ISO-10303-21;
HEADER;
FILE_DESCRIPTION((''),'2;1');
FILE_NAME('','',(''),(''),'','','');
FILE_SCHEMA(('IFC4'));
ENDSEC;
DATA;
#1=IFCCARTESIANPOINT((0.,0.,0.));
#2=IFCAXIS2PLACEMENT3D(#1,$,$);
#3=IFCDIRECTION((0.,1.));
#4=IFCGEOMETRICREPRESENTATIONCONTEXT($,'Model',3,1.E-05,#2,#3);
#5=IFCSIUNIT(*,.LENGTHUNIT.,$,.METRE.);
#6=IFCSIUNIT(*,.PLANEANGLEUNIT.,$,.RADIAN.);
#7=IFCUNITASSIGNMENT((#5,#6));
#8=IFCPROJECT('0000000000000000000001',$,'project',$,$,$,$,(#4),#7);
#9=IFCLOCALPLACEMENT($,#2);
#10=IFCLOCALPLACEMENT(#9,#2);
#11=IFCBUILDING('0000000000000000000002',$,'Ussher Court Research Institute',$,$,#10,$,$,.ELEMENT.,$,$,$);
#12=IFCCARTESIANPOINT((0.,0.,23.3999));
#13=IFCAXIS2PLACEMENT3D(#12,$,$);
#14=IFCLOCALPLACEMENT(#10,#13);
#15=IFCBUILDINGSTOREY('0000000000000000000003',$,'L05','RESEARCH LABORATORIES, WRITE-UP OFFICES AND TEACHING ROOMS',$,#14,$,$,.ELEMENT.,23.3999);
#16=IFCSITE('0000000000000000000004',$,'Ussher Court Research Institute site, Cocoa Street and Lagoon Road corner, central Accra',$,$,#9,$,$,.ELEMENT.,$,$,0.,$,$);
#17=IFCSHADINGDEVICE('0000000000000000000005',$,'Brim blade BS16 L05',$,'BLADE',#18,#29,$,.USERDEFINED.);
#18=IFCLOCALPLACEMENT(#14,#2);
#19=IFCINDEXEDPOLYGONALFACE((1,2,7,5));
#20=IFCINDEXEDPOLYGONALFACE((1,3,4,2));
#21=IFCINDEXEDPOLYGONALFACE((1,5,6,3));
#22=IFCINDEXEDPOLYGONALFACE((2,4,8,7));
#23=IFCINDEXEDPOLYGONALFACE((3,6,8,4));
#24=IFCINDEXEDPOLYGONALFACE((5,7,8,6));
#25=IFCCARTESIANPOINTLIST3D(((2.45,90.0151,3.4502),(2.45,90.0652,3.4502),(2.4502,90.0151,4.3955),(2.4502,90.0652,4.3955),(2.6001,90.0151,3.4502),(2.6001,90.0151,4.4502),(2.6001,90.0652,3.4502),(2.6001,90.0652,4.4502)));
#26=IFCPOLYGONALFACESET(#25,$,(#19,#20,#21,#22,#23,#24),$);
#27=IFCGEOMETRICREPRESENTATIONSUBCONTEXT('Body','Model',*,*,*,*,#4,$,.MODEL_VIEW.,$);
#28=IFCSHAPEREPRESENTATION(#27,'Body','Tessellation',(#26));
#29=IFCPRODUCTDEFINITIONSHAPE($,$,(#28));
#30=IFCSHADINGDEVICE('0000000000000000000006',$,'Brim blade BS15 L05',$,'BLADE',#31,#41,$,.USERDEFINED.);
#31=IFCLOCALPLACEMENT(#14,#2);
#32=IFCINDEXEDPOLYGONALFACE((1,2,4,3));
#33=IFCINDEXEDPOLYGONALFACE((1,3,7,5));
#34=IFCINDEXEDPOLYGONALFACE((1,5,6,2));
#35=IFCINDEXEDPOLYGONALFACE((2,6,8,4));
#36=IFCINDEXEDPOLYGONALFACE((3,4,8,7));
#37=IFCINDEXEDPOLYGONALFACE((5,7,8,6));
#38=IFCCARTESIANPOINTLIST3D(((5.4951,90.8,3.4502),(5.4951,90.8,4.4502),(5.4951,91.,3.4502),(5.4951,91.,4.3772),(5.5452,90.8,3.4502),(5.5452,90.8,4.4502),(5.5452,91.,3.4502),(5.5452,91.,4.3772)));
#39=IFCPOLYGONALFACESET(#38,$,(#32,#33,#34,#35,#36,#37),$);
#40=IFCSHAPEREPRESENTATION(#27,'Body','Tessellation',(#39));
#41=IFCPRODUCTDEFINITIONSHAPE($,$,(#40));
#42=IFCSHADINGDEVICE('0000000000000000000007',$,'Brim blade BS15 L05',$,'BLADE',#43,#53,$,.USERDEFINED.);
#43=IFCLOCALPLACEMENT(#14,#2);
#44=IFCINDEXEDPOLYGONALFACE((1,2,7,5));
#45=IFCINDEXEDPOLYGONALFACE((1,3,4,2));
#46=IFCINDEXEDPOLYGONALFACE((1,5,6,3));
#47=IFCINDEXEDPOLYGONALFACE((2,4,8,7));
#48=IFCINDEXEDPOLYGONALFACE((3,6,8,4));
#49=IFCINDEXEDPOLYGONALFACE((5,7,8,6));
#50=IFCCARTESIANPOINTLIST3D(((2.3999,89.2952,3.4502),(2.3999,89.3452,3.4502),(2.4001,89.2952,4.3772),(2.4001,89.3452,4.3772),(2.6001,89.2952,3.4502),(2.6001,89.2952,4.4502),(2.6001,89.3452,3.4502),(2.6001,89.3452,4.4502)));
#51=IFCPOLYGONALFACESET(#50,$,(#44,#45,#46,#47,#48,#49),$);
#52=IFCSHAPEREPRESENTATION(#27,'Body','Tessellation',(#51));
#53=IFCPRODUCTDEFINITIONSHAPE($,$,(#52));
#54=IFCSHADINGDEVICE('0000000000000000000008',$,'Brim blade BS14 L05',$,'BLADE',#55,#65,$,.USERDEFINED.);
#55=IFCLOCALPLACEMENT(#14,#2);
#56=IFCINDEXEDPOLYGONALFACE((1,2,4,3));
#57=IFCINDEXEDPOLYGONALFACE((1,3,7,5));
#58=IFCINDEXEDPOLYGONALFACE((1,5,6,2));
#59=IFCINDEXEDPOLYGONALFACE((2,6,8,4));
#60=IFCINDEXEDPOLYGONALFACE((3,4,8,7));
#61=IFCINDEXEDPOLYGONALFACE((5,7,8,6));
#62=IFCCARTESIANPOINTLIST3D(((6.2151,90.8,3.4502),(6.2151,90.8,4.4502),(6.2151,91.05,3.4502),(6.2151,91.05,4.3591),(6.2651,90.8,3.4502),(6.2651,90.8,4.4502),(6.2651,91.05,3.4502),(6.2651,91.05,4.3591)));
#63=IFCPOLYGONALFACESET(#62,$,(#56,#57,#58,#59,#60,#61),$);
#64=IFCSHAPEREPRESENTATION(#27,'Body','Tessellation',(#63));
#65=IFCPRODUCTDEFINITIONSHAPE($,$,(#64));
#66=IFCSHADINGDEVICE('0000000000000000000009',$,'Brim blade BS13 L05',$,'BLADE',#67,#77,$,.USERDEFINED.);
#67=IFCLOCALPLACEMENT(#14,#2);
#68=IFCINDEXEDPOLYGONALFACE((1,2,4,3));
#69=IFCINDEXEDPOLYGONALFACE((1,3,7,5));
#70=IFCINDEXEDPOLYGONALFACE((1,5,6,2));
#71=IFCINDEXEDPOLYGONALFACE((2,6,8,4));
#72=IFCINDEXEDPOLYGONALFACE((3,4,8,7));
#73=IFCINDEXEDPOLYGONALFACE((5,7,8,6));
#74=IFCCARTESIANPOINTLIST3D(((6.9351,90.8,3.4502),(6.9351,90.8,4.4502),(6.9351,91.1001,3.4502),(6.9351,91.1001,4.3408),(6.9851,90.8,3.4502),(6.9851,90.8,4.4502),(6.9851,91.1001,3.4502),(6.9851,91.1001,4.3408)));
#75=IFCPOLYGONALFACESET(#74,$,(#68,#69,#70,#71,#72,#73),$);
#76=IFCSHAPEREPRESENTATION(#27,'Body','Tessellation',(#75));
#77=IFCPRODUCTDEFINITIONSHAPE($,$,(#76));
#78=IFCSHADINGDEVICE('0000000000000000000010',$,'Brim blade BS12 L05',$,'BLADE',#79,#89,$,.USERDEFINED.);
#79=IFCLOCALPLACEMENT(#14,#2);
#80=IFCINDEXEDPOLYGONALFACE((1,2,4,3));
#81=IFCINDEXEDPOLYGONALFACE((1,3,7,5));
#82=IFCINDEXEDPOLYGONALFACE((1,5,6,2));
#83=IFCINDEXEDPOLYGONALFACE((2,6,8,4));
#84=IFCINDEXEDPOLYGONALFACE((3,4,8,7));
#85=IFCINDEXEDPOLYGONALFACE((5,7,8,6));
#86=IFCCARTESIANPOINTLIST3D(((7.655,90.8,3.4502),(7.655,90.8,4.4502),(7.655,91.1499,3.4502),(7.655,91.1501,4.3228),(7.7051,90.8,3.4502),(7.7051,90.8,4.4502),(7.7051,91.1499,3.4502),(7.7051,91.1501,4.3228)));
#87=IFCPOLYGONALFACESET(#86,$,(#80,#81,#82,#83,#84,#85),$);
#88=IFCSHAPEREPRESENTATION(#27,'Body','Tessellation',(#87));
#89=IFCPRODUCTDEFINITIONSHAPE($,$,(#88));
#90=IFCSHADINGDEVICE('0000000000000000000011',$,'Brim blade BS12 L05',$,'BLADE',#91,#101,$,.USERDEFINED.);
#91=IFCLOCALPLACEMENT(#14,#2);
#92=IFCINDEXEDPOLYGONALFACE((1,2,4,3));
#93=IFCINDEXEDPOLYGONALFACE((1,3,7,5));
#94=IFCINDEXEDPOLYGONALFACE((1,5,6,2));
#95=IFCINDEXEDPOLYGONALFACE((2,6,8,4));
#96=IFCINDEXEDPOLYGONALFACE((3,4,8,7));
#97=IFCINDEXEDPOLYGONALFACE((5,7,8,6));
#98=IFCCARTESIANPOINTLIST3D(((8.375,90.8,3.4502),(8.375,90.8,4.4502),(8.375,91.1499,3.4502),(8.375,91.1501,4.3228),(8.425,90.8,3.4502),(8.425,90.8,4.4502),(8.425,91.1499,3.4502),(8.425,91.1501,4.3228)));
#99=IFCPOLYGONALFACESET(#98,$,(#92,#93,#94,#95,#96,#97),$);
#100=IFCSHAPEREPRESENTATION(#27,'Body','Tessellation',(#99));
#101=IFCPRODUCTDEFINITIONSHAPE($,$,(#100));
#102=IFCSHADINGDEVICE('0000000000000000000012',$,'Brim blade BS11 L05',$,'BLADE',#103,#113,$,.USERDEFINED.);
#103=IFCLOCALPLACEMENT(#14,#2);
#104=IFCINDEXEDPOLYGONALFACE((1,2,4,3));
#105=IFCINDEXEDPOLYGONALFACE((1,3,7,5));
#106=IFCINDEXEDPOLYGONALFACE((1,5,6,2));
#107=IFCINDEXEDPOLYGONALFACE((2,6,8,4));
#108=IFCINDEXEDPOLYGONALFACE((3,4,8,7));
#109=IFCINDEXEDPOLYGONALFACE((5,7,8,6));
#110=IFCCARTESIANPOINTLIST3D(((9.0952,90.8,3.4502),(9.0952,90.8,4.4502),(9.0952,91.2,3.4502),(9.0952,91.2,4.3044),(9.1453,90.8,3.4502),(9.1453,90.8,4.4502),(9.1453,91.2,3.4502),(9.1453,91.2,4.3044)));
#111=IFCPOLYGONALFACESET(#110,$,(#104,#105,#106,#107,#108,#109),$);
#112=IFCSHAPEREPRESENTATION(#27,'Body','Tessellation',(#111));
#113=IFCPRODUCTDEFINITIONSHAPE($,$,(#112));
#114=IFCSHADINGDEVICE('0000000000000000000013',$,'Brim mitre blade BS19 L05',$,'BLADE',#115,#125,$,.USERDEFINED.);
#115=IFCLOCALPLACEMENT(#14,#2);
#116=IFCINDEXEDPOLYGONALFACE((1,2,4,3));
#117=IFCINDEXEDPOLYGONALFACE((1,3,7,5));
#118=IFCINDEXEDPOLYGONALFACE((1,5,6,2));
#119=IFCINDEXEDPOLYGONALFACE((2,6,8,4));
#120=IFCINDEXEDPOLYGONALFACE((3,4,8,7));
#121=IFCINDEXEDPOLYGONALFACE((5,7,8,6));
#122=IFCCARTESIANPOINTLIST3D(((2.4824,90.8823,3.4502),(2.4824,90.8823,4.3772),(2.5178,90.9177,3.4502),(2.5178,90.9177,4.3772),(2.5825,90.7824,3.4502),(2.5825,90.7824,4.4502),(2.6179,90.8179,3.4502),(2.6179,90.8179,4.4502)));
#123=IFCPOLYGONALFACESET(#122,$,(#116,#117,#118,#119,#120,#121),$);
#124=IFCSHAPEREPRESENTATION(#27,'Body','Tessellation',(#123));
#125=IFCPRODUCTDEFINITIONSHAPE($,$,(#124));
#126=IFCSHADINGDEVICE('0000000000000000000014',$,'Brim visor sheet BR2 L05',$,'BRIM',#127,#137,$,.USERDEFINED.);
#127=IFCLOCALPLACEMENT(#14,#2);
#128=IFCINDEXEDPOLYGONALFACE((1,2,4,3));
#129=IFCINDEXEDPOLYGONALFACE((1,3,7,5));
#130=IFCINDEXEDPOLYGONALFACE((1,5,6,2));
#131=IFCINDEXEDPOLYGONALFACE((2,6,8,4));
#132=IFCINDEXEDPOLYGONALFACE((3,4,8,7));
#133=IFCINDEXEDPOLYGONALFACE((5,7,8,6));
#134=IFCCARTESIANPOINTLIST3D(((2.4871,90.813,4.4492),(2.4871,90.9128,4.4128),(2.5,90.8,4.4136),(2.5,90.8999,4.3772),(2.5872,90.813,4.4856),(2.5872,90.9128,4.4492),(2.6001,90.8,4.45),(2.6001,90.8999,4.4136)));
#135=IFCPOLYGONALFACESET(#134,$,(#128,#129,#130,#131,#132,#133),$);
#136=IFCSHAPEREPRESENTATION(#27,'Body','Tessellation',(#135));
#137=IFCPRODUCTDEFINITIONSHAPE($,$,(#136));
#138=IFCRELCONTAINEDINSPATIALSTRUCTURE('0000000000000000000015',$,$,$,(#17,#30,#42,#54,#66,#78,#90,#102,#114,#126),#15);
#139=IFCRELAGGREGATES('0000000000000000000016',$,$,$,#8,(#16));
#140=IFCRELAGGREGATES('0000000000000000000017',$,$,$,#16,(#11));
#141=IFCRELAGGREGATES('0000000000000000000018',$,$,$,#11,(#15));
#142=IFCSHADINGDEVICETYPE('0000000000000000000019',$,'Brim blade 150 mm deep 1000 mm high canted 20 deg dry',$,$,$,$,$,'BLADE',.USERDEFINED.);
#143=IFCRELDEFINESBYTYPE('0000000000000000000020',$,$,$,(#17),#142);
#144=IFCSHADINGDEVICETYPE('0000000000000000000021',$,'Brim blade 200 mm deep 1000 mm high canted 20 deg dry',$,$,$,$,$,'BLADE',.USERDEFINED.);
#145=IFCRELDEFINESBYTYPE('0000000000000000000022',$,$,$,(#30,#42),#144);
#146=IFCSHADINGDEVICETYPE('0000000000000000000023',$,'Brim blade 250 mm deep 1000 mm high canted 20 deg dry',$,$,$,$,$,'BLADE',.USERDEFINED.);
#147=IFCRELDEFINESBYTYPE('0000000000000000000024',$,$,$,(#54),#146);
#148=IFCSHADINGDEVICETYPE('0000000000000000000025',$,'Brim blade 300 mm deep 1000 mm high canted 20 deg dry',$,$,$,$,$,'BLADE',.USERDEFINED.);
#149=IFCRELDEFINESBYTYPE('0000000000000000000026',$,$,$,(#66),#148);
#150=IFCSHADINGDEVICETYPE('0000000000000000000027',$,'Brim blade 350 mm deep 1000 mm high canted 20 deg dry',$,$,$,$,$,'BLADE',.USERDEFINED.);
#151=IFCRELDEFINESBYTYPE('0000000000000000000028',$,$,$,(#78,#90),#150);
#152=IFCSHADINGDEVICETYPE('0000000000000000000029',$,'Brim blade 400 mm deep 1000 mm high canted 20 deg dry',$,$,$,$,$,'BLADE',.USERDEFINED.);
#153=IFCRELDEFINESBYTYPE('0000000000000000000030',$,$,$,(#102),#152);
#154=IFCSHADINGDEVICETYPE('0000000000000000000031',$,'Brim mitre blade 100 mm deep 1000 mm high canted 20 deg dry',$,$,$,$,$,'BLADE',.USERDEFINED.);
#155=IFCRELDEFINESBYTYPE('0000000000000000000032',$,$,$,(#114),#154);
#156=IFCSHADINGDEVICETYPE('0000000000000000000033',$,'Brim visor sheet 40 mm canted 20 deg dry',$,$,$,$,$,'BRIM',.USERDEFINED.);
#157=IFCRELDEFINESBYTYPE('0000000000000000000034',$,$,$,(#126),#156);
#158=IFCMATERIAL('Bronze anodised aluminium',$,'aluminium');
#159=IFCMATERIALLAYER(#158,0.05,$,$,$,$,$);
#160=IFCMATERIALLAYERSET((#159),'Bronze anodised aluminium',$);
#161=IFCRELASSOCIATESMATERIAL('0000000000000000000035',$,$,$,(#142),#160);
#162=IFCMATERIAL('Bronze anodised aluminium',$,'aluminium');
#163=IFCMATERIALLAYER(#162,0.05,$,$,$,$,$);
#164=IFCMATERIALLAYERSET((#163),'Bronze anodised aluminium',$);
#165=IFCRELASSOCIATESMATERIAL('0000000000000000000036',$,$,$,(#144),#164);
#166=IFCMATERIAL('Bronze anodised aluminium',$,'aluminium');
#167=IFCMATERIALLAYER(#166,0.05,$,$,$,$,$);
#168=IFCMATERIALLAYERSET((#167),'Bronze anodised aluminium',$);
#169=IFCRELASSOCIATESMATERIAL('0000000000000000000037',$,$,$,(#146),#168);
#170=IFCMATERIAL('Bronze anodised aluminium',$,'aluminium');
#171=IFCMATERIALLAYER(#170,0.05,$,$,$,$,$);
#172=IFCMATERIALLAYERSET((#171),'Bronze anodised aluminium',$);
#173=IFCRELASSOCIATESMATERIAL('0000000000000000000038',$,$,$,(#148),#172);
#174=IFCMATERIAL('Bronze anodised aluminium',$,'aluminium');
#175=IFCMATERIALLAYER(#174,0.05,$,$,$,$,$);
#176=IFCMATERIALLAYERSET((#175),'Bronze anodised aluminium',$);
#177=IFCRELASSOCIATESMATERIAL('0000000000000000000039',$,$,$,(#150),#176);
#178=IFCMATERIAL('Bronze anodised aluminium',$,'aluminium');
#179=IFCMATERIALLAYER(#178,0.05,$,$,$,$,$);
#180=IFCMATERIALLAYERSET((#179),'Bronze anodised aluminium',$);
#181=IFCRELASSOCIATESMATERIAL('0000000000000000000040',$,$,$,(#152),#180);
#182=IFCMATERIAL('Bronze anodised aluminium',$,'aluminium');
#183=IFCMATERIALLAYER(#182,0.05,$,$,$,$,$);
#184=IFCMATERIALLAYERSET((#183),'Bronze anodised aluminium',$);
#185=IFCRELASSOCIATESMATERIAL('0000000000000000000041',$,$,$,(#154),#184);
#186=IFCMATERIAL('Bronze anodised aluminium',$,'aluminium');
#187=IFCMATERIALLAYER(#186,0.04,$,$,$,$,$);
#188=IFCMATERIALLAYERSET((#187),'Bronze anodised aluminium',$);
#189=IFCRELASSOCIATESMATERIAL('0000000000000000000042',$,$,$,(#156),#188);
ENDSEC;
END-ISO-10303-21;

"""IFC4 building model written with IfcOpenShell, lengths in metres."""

from ifc_helpers import new_model, si_unit, direction, frame, origin, place, context, subcontext, project, spatial, polyline, outline, extrude, material, layer, layer_set, type_object, element, save


model = new_model("IFC4")

# Units and contexts
model_context = context("Model", 3, precision=1e-05, world=origin(), true_north=direction((0.0, 1.0)))
body_context = subcontext(model_context, "Body", "Model", "MODEL_VIEW")
ifc_project = project(units=[si_unit("LENGTHUNIT", "METRE"), si_unit("PLANEANGLEUNIT", "RADIAN")], contexts=[model_context])

# Site, building, storey
site_placement = place(None, origin())
site = spatial("IfcSite", under=ifc_project, at=site_placement, Name="Ussher Court Research Institute site, Cocoa Street and Lagoon Road corner, central Accra", CompositionType="ELEMENT", RefElevation=0.0)
building_placement = place(site_placement, origin())
building = spatial("IfcBuilding", under=site, at=building_placement, Name="Ussher Court Research Institute", CompositionType="ELEMENT")
storey_placement = place(building_placement, frame((0.0, 0.0, 23.3999)))
storey = spatial("IfcBuildingStorey", under=building, at=storey_placement, Name="L05", Description="RESEARCH LABORATORIES, WRITE-UP OFFICES AND TEACHING ROOMS", CompositionType="ELEMENT", Elevation=23.3999)

# Shading devices
ifc_material_1 = material(Name="Bronze anodised aluminium", Category="aluminium")
ifc_layer_1 = layer(ifc_material_1, 0.05)
ifc_layer_set_1 = layer_set([ifc_layer_1], Name="Bronze anodised aluminium")
shading_device_type_1 = type_object("IfcShadingDeviceType", Name="Brim blade 150 mm deep 1000 mm high canted 20 deg dry", ElementType="BLADE", PredefinedType="USERDEFINED", material=ifc_layer_set_1)
shading_device_1_placement = place(storey_placement, frame((2.6001, 90.04, 3.4502), z_axis=(0.0, 0.0, 1.0), x_axis=(-1.0, 0.0, 0.0)))
element("IfcShadingDevice", 1, at=shading_device_1_placement, inside=storey, type_object=shading_device_type_1, Name="Brim blade BS16 L05", ObjectType="BLADE", PredefinedType="USERDEFINED", context=body_context, shape_type="SweptSolid", body=[
    extrude(outline(polyline([(0.0, 0.0), (0.1501, 0.0), (0.1499, 0.9453), (0.0, 1.0), (0.0, 0.0)])), frame((0.0, 0.0249, 0.0), z_axis=(0.0, -1.0, 0.0), x_axis=(1.0, 0.0, 0.0)), (0.0, 0.0, 1.0), 0.05),
])
ifc_material_2 = material(Name="Bronze anodised aluminium", Category="aluminium")
ifc_layer_2 = layer(ifc_material_2, 0.05)
ifc_layer_set_2 = layer_set([ifc_layer_2], Name="Bronze anodised aluminium")
shading_device_type_2 = type_object("IfcShadingDeviceType", Name="Brim blade 200 mm deep 1000 mm high canted 20 deg dry", ElementType="BLADE", PredefinedType="USERDEFINED", material=ifc_layer_set_2)
shading_device_2_placement = place(storey_placement, frame((5.52, 90.8, 3.4502), z_axis=(0.0, 0.0, 1.0), x_axis=(0.0, 1.0, 0.0)))
element("IfcShadingDevice", 2, at=shading_device_2_placement, inside=storey, type_object=shading_device_type_2, Name="Brim blade BS15 L05", ObjectType="BLADE", PredefinedType="USERDEFINED", context=body_context, shape_type="SweptSolid", body=[
    extrude(outline(polyline([(0.0, 0.0), (0.2, 0.0), (0.2, 0.927), (0.0, 1.0), (0.0, 0.0)])), frame((0.0, 0.0249, 0.0), z_axis=(0.0, -1.0, 0.0), x_axis=(1.0, 0.0, 0.0)), (0.0, 0.0, 1.0), 0.05),
])
shading_device_3_placement = place(storey_placement, frame((2.6001, 89.3201, 3.4502), z_axis=(0.0, 0.0, 1.0), x_axis=(-1.0, 0.0, 0.0)))
element("IfcShadingDevice", 3, at=shading_device_3_placement, inside=storey, type_object=shading_device_type_2, Name="Brim blade BS15 L05", ObjectType="BLADE", PredefinedType="USERDEFINED", context=body_context, shape_type="SweptSolid", body=[
    extrude(outline(polyline([(0.0, 0.0), (0.2002, 0.0), (0.2, 0.927), (0.0, 1.0), (0.0, 0.0)])), frame((0.0, 0.0249, 0.0), z_axis=(0.0, -1.0, 0.0), x_axis=(1.0, 0.0, 0.0)), (0.0, 0.0, 1.0), 0.05),
])
ifc_material_3 = material(Name="Bronze anodised aluminium", Category="aluminium")
ifc_layer_3 = layer(ifc_material_3, 0.05)
ifc_layer_set_3 = layer_set([ifc_layer_3], Name="Bronze anodised aluminium")
shading_device_type_3 = type_object("IfcShadingDeviceType", Name="Brim blade 250 mm deep 1000 mm high canted 20 deg dry", ElementType="BLADE", PredefinedType="USERDEFINED", material=ifc_layer_set_3)
shading_device_4_placement = place(storey_placement, frame((6.24, 90.8, 3.4502), z_axis=(0.0, 0.0, 1.0), x_axis=(0.0, 1.0, 0.0)))
element("IfcShadingDevice", 4, at=shading_device_4_placement, inside=storey, type_object=shading_device_type_3, Name="Brim blade BS14 L05", ObjectType="BLADE", PredefinedType="USERDEFINED", context=body_context, shape_type="SweptSolid", body=[
    extrude(outline(polyline([(0.0, 0.0), (0.25, 0.0), (0.25, 0.9089), (0.0, 1.0), (0.0, 0.0)])), frame((0.0, 0.0249, 0.0), z_axis=(0.0, -1.0, 0.0), x_axis=(1.0, 0.0, 0.0)), (0.0, 0.0, 1.0), 0.05),
])
ifc_material_4 = material(Name="Bronze anodised aluminium", Category="aluminium")
ifc_layer_4 = layer(ifc_material_4, 0.05)
ifc_layer_set_4 = layer_set([ifc_layer_4], Name="Bronze anodised aluminium")
shading_device_type_4 = type_object("IfcShadingDeviceType", Name="Brim blade 300 mm deep 1000 mm high canted 20 deg dry", ElementType="BLADE", PredefinedType="USERDEFINED", material=ifc_layer_set_4)
shading_device_5_placement = place(storey_placement, frame((6.96, 90.8, 3.4502), z_axis=(0.0, 0.0, 1.0), x_axis=(0.0, 1.0, 0.0)))
element("IfcShadingDevice", 5, at=shading_device_5_placement, inside=storey, type_object=shading_device_type_4, Name="Brim blade BS13 L05", ObjectType="BLADE", PredefinedType="USERDEFINED", context=body_context, shape_type="SweptSolid", body=[
    extrude(outline(polyline([(0.0, 0.0), (0.3, 0.0), (0.3, 0.8906), (0.0, 1.0), (0.0, 0.0)])), frame((0.0, 0.0249, 0.0), z_axis=(0.0, -1.0, 0.0), x_axis=(1.0, 0.0, 0.0)), (0.0, 0.0, 1.0), 0.05),
])
ifc_material_5 = material(Name="Bronze anodised aluminium", Category="aluminium")
ifc_layer_5 = layer(ifc_material_5, 0.05)
ifc_layer_set_5 = layer_set([ifc_layer_5], Name="Bronze anodised aluminium")
shading_device_type_5 = type_object("IfcShadingDeviceType", Name="Brim blade 350 mm deep 1000 mm high canted 20 deg dry", ElementType="BLADE", PredefinedType="USERDEFINED", material=ifc_layer_set_5)
for number, where, z_axis, x_axis, name in (
    (6, (7.6799, 90.8, 3.4502), (0.0, 0.0, 1.0), (0.0, 1.0, 0.0), "Brim blade BS12 L05"),
    (7, (8.3999, 90.8, 3.4502), (0.0, 0.0, 1.0), (0.0, 1.0, 0.0), "Brim blade BS12 L05"),
):
    element("IfcShadingDevice", number, at=place(storey_placement, frame(where, z_axis=z_axis, x_axis=x_axis)), inside=storey, type_object=shading_device_type_5, Name=name, ObjectType="BLADE", PredefinedType="USERDEFINED", context=body_context, shape_type="SweptSolid", body=[
        extrude(outline(polyline([(0.0, 0.0), (0.3499, 0.0), (0.3501, 0.8726), (0.0, 1.0), (0.0, 0.0)])), frame((0.0, 0.0249, 0.0), z_axis=(0.0, -1.0, 0.0), x_axis=(1.0, 0.0, 0.0)), (0.0, 0.0, 1.0), 0.05),
    ])
ifc_material_6 = material(Name="Bronze anodised aluminium", Category="aluminium")
ifc_layer_6 = layer(ifc_material_6, 0.05)
ifc_layer_set_6 = layer_set([ifc_layer_6], Name="Bronze anodised aluminium")
shading_device_type_6 = type_object("IfcShadingDeviceType", Name="Brim blade 400 mm deep 1000 mm high canted 20 deg dry", ElementType="BLADE", PredefinedType="USERDEFINED", material=ifc_layer_set_6)
shading_device_6_placement = place(storey_placement, frame((9.1201, 90.8, 3.4502), z_axis=(0.0, 0.0, 1.0), x_axis=(0.0, 1.0, 0.0)))
element("IfcShadingDevice", 8, at=shading_device_6_placement, inside=storey, type_object=shading_device_type_6, Name="Brim blade BS11 L05", ObjectType="BLADE", PredefinedType="USERDEFINED", context=body_context, shape_type="SweptSolid", body=[
    extrude(outline(polyline([(0.0, 0.0), (0.3999, 0.0), (0.3999, 0.8542), (0.0, 1.0), (0.0, 0.0)])), frame((0.0, 0.0249, 0.0), z_axis=(0.0, -1.0, 0.0), x_axis=(1.0, 0.0, 0.0)), (0.0, 0.0, 1.0), 0.05),
])
ifc_material_7 = material(Name="Bronze anodised aluminium", Category="aluminium")
ifc_layer_7 = layer(ifc_material_7, 0.05)
ifc_layer_set_7 = layer_set([ifc_layer_7], Name="Bronze anodised aluminium")
shading_device_type_7 = type_object("IfcShadingDeviceType", Name="Brim mitre blade 100 mm deep 1000 mm high canted 20 deg dry", ElementType="BLADE", PredefinedType="USERDEFINED", material=ifc_layer_set_7)
shading_device_7_placement = place(storey_placement, frame((2.6001, 90.8, 3.4502), z_axis=(0.0, 0.0, 1.0), x_axis=(-0.70797, 0.706243, 0.0)))
element("IfcShadingDevice", 9, at=shading_device_7_placement, inside=storey, type_object=shading_device_type_7, Name="Brim mitre blade BS19 L05", ObjectType="BLADE", PredefinedType="USERDEFINED", context=body_context, shape_type="SweptSolid", body=[
    extrude(outline(polyline([(0.0, 0.0), (0.1414, 0.0), (0.1414, 0.927), (0.0, 1.0), (0.0, 0.0)])), frame((0.0, 0.0249, 0.0), z_axis=(0.0, -1.0, 0.0), x_axis=(1.0, 0.0, 0.0)), (0.0, 0.0, 1.0), 0.05),
])
ifc_material_8 = material(Name="Bronze anodised aluminium", Category="aluminium")
ifc_layer_8 = layer(ifc_material_8, 0.04)
ifc_layer_set_8 = layer_set([ifc_layer_8], Name="Bronze anodised aluminium")
shading_device_type_8 = type_object("IfcShadingDeviceType", Name="Brim visor sheet 40 mm canted 20 deg dry", ElementType="BRIM", PredefinedType="USERDEFINED", material=ifc_layer_set_8)
shading_device_8_placement = place(storey_placement, frame((2.5872, 90.813, 4.4856), z_axis=(-0.323142, 0.323932, 0.889183), x_axis=(0.0, 0.939592, -0.342296)))
element("IfcShadingDevice", 10, at=shading_device_8_placement, inside=storey, type_object=shading_device_type_8, Name="Brim visor sheet BR2 L05", ObjectType="BRIM", PredefinedType="USERDEFINED", context=body_context, shape_type="SweptSolid", body=[
    extrude(outline(polyline([(0.0, 0.0), (0.1063, 0.0), (0.1187, 0.1058), (0.0125, 0.1058), (0.0, 0.0)])), origin(), (0.0, 0.0, -1.0), 0.04),
])

save(model, "model.ifc")
